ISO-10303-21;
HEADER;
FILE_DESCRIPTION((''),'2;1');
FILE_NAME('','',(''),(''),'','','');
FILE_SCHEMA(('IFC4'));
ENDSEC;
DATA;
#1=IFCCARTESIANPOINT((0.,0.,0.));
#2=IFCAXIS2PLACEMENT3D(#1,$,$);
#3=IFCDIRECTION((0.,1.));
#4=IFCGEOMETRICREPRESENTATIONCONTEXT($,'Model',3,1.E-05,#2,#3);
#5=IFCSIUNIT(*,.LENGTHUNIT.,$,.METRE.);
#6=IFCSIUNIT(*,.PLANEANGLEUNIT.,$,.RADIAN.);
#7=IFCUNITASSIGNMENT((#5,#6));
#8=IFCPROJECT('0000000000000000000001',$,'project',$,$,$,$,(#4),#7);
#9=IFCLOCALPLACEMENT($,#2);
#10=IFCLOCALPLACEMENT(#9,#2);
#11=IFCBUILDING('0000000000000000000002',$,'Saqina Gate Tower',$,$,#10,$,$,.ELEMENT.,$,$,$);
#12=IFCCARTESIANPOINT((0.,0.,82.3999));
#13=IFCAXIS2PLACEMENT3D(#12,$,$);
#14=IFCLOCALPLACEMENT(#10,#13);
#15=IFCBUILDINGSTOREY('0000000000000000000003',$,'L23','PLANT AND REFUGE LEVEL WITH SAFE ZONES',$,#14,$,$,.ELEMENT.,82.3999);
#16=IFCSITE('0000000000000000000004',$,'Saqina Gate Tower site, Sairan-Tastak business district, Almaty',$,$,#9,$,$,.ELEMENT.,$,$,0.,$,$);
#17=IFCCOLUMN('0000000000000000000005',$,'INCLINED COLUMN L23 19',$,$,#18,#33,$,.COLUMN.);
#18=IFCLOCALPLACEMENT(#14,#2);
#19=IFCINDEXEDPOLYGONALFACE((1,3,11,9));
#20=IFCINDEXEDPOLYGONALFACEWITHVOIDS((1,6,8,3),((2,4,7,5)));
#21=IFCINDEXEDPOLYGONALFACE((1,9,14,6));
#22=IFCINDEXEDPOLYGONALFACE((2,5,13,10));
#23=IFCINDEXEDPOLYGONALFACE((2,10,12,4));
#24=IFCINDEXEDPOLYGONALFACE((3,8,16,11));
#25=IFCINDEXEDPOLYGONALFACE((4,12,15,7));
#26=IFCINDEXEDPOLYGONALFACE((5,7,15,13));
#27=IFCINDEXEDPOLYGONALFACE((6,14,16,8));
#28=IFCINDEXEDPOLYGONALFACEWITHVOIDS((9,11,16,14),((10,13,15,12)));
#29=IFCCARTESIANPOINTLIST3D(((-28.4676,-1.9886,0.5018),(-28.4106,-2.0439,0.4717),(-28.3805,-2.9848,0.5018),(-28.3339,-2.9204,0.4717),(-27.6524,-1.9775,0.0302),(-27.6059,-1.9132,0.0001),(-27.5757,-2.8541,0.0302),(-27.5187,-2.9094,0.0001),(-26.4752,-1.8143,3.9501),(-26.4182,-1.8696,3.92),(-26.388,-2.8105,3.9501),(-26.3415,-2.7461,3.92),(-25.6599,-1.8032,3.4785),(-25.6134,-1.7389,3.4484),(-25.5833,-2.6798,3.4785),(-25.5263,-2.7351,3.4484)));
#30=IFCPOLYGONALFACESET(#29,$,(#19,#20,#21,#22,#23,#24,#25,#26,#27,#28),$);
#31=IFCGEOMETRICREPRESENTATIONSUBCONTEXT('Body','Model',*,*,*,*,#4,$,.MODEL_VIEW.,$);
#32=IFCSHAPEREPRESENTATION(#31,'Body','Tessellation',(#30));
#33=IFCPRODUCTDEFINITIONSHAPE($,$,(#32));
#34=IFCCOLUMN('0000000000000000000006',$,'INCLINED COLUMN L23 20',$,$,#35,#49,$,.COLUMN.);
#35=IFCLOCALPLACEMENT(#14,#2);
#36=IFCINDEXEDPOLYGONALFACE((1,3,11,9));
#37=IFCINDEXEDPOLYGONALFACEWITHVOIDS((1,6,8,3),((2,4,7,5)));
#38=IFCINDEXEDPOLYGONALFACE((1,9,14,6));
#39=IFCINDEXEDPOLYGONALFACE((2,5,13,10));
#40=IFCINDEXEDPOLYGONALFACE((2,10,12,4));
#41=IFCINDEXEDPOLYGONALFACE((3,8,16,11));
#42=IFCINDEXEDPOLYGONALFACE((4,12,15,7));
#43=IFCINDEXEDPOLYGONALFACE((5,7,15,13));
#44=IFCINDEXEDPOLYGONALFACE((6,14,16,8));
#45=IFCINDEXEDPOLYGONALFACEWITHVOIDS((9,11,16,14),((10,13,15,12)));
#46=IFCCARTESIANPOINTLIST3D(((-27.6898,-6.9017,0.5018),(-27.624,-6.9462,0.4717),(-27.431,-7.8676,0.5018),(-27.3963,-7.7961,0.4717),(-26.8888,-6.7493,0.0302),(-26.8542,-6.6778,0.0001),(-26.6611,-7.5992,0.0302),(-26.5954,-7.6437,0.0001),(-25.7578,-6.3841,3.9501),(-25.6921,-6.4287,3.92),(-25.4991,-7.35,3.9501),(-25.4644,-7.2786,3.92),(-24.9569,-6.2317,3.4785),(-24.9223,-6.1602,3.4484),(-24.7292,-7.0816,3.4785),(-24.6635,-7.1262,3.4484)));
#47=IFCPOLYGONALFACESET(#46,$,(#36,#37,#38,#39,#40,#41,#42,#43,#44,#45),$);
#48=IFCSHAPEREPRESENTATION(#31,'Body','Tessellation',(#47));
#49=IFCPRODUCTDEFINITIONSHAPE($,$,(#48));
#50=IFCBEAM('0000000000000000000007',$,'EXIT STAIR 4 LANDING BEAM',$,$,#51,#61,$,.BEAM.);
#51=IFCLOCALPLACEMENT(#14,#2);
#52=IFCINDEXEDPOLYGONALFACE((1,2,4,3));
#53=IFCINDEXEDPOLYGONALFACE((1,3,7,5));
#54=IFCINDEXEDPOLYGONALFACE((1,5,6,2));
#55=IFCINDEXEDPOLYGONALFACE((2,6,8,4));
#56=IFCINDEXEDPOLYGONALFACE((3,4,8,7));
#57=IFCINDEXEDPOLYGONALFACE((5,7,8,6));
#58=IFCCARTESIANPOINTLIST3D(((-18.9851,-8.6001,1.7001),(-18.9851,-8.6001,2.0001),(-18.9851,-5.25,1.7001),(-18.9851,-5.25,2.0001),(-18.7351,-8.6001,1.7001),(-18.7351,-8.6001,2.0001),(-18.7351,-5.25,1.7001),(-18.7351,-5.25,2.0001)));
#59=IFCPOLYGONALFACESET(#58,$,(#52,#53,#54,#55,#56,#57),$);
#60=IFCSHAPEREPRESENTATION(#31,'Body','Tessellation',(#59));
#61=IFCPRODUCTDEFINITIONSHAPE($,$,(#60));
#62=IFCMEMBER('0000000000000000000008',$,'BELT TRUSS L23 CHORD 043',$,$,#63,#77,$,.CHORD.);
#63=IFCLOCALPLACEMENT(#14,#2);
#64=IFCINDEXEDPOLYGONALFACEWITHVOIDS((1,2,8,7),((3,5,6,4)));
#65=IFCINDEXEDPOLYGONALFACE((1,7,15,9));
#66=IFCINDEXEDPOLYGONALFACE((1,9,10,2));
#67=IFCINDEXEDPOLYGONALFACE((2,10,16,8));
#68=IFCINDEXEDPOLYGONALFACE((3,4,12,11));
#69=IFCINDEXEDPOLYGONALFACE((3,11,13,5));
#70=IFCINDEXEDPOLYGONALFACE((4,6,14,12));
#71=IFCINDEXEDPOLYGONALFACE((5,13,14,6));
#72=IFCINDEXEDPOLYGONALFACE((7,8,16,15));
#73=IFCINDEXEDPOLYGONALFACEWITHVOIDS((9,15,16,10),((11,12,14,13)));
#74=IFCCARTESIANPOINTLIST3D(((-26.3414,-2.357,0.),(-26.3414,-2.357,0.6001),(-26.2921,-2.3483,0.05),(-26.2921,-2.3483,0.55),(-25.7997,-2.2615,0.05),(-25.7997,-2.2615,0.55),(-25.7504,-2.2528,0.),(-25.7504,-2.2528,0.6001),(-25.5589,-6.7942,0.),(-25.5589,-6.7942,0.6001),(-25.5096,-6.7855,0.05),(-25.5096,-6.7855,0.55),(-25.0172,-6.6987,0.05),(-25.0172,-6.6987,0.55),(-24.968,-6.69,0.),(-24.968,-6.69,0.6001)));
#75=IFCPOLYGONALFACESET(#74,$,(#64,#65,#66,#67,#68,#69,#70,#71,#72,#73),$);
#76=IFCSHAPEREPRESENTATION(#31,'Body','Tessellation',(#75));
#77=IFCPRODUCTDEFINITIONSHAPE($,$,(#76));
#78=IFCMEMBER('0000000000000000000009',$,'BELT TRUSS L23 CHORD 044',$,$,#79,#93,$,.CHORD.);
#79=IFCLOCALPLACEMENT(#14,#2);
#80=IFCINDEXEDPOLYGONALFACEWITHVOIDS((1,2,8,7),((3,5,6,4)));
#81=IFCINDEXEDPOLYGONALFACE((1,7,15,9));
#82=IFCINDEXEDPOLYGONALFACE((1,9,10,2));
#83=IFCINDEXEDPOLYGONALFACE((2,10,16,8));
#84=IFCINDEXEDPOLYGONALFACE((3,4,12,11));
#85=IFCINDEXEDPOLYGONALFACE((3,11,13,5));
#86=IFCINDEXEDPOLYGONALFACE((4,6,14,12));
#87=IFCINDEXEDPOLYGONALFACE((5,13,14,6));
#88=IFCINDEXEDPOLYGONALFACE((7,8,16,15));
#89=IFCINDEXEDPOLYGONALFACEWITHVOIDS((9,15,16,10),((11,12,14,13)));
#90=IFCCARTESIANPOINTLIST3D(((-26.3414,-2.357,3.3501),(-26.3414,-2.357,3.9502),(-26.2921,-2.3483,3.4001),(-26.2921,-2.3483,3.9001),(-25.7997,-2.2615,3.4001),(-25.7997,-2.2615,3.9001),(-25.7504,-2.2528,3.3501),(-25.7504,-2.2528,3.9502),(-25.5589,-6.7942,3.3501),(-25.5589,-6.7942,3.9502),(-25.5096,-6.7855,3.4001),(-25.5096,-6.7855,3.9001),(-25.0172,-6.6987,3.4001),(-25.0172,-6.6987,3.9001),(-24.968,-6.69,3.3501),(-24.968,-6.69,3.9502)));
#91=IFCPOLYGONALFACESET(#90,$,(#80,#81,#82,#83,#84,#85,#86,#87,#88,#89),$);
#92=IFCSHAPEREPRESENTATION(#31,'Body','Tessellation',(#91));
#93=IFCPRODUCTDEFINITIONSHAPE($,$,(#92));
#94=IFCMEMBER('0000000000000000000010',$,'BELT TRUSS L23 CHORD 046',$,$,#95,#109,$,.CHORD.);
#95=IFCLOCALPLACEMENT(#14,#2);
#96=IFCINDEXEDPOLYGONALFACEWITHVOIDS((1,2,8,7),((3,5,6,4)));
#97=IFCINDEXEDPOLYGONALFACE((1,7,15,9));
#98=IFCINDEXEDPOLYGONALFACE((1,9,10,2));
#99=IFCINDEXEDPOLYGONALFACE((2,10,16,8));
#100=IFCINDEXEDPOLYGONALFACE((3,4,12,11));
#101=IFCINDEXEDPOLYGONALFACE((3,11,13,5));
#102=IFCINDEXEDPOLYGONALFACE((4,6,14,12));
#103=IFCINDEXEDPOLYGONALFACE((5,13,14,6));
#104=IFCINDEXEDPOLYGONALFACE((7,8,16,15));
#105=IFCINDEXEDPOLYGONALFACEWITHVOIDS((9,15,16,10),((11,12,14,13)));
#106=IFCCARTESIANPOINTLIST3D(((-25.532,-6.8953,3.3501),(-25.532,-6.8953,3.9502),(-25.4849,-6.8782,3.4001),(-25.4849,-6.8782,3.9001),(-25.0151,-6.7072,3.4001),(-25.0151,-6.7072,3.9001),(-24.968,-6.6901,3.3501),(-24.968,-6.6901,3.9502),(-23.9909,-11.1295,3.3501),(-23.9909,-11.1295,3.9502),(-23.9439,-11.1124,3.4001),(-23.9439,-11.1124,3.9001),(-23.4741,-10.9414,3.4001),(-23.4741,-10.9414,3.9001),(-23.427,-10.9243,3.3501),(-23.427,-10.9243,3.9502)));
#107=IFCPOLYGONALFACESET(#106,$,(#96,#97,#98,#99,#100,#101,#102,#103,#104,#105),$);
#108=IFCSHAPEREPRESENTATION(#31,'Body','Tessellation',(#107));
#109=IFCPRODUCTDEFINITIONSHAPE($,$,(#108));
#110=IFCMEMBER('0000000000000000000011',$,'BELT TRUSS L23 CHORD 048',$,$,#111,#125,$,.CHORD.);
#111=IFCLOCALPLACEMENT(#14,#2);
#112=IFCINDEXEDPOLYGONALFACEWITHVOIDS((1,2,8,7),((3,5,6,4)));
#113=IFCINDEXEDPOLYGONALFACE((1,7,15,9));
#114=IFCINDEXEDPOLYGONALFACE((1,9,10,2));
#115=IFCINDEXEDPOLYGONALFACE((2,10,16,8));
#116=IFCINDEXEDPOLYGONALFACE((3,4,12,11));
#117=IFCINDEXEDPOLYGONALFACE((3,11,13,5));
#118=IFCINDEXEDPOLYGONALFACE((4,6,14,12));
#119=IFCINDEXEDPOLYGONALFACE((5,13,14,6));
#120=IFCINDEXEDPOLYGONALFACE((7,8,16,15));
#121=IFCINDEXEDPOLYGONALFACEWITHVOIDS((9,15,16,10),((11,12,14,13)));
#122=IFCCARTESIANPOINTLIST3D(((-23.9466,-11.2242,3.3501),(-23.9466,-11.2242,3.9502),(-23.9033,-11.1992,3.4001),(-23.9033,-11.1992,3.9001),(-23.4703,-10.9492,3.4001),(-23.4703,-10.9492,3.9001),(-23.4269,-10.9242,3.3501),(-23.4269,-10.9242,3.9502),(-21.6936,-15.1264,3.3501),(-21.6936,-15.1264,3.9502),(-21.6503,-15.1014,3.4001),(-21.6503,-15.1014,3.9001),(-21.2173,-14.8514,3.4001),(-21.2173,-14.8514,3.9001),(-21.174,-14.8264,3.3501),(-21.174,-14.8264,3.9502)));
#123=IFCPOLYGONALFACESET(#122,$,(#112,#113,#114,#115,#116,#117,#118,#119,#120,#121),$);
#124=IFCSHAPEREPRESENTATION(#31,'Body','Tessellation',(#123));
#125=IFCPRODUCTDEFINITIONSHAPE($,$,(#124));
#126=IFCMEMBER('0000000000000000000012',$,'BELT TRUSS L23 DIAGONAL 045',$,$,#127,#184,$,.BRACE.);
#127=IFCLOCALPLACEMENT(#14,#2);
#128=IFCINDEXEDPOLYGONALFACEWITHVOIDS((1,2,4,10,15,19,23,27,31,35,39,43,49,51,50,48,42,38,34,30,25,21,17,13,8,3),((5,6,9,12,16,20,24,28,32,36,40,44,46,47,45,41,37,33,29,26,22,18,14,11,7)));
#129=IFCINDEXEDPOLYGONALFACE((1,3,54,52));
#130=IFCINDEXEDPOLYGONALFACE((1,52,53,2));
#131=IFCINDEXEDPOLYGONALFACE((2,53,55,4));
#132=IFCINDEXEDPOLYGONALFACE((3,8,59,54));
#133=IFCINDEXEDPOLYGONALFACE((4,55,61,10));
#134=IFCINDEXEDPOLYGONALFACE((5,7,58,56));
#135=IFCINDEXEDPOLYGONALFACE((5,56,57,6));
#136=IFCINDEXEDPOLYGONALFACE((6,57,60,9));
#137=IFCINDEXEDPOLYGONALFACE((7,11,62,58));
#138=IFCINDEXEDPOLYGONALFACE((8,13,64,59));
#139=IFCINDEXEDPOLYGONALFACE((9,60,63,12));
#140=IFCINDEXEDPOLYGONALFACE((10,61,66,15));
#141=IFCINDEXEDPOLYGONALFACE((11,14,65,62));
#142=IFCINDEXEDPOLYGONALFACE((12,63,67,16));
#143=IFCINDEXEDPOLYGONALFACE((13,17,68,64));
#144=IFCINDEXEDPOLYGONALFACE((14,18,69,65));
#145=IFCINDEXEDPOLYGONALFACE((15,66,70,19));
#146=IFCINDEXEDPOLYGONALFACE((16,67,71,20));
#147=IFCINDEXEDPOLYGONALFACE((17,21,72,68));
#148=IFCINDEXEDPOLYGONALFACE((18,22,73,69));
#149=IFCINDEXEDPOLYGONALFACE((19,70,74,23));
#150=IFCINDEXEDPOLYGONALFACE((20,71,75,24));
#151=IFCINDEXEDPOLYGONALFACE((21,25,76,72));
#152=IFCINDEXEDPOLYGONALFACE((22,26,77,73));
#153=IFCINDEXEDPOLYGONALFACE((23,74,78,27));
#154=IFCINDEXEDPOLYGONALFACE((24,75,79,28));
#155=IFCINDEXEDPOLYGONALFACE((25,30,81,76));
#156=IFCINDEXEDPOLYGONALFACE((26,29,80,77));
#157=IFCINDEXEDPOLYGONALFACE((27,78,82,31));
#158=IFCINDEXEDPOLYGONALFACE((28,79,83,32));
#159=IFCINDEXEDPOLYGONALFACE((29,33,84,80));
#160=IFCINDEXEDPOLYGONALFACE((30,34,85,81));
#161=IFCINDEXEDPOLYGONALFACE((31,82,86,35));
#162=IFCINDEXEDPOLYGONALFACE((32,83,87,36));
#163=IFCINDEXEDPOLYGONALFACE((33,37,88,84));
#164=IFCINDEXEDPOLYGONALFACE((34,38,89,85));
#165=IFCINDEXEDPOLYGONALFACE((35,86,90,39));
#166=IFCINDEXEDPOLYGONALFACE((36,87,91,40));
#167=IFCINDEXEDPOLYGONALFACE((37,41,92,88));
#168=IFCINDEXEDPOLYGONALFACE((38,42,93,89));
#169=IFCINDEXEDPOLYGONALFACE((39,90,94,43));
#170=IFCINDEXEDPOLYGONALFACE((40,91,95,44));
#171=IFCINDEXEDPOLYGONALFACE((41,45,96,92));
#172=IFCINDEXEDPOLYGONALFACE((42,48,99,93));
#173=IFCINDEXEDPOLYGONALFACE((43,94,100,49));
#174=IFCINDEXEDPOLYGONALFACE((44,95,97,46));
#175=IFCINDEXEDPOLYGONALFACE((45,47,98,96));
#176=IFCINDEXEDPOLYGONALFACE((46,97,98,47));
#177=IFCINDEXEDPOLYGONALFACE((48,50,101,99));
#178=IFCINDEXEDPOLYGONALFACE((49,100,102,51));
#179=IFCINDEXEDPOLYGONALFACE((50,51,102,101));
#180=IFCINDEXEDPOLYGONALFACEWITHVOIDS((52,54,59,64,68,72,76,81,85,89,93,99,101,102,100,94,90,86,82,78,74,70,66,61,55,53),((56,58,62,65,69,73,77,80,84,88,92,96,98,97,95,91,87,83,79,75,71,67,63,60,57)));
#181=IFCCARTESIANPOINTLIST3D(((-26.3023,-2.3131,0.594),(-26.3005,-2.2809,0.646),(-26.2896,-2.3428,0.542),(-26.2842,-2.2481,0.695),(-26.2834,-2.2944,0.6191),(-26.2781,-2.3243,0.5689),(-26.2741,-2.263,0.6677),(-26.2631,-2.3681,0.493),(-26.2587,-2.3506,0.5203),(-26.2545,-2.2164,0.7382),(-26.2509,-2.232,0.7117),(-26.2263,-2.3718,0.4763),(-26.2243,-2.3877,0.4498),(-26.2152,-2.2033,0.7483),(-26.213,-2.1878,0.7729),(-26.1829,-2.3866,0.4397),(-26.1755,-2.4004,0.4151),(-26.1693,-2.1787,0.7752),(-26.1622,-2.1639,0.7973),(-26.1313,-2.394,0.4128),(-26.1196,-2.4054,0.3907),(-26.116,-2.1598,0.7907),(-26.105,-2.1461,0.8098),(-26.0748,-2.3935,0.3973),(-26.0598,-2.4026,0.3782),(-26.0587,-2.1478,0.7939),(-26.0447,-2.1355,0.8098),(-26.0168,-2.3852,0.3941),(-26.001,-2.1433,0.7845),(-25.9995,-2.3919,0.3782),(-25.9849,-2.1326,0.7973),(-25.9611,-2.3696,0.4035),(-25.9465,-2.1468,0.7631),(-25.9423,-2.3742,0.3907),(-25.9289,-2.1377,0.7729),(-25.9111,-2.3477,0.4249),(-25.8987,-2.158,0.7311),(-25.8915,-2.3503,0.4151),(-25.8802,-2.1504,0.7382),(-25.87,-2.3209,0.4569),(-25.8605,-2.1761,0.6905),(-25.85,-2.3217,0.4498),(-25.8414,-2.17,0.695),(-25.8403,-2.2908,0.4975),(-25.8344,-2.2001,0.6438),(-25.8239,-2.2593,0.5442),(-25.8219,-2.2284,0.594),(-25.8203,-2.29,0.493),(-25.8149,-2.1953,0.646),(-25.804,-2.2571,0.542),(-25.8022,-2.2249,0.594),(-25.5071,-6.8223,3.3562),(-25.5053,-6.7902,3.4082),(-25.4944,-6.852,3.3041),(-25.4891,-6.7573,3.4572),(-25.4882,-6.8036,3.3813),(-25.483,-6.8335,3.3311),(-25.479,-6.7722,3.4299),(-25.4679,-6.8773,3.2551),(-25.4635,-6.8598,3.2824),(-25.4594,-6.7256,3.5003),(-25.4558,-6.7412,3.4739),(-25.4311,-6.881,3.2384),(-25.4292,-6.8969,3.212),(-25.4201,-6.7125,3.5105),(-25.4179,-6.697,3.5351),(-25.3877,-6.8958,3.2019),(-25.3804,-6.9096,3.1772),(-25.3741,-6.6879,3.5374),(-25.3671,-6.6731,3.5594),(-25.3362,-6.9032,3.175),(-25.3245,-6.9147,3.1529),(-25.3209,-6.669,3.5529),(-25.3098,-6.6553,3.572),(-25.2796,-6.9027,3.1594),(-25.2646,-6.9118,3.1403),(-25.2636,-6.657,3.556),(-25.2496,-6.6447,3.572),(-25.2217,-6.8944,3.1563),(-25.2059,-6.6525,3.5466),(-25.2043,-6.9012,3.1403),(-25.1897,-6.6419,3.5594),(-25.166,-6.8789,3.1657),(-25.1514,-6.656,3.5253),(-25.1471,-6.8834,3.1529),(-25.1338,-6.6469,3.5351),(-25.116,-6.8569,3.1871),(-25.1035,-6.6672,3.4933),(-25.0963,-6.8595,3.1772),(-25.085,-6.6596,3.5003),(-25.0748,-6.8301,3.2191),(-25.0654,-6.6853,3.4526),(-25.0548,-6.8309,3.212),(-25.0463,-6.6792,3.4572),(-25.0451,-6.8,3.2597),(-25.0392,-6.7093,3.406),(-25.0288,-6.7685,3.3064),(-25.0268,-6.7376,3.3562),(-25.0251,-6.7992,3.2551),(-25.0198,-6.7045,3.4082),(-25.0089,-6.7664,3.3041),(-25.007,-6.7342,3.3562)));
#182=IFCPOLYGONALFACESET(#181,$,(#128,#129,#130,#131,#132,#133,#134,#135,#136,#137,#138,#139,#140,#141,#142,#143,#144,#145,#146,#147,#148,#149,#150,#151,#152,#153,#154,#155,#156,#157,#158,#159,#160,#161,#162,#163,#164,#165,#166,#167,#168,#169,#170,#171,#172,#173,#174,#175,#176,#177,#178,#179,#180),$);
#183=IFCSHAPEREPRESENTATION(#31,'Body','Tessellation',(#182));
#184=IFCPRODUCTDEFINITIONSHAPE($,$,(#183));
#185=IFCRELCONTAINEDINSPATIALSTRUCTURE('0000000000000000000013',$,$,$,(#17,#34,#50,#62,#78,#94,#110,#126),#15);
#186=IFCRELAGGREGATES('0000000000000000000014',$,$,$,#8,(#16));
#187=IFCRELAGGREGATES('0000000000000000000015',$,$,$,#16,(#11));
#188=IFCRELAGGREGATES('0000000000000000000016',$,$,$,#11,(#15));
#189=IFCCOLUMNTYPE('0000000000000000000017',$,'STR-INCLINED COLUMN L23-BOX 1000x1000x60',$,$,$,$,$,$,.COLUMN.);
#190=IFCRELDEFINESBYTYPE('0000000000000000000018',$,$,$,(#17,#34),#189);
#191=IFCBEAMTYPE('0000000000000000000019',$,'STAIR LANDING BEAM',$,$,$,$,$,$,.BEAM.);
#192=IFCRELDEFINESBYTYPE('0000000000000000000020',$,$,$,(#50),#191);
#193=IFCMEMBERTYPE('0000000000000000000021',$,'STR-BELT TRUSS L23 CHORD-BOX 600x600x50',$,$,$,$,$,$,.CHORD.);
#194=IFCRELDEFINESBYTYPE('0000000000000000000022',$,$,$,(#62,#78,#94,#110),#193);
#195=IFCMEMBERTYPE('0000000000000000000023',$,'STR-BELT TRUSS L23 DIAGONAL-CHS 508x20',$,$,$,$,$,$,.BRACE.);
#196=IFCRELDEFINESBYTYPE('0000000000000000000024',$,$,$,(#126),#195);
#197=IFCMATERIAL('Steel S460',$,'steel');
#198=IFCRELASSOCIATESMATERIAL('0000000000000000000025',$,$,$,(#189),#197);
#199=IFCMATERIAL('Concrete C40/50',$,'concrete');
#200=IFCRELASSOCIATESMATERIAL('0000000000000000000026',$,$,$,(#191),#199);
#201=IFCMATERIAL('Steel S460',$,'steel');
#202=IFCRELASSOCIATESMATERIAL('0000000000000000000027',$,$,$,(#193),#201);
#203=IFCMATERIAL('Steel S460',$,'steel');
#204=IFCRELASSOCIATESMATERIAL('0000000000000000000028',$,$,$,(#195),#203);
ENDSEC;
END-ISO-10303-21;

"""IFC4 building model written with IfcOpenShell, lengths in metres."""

from ifc_helpers import new_model, si_unit, direction, frame, origin, origin_2d, place, context, subcontext, project, spatial, rectangle, hollow_rectangle, hollow_circle, extrude, material, material_profile, profile_set, type_object, element, save


model = new_model("IFC4")

# Units and contexts
model_context = context("Model", 3, precision=1e-05, world=origin(), true_north=direction((0.0, 1.0)))
body_context = subcontext(model_context, "Body", "Model", "MODEL_VIEW")
ifc_project = project(units=[si_unit("LENGTHUNIT", "METRE"), si_unit("PLANEANGLEUNIT", "RADIAN")], contexts=[model_context])

# Site, building, storey
site_placement = place(None, origin())
site = spatial("IfcSite", under=ifc_project, at=site_placement, Name="Saqina Gate Tower site, Sairan-Tastak business district, Almaty", CompositionType="ELEMENT", RefElevation=0.0)
building_placement = place(site_placement, origin())
building = spatial("IfcBuilding", under=site, at=building_placement, Name="Saqina Gate Tower", CompositionType="ELEMENT")
storey_placement = place(building_placement, frame((0.0, 0.0, 82.3999)))
storey = spatial("IfcBuildingStorey", under=building, at=storey_placement, Name="L23", Description="PLANT AND REFUGE LEVEL WITH SAFE ZONES", CompositionType="ELEMENT", Elevation=82.3999)

# Columns
ifc_material_1 = material(Name="Steel S460", Category="steel")
ifc_material_profile_1 = material_profile(ifc_material_1, hollow_rectangle(XDim=1.0, YDim=1.0, WallThickness=0.0601, at=origin_2d()), Name="BOX 1000x1000x60")
ifc_profile_set_1 = profile_set([ifc_material_profile_1], Name="Steel S460")
column_type = type_object("IfcColumnType", Name="STR-INCLINED COLUMN L23-BOX 1000x1000x60", PredefinedType="COLUMN", material=ifc_profile_set_1)
for number, where, z_axis, x_axis, name in (
    (1, (-27.9932, -2.449, 0.251), (0.49982, 0.043729, 0.865024), (-0.087156, 0.996195, 0.0), "INCLINED COLUMN L23 19"),
    (2, (-27.1426, -7.2727, 0.251), (0.484633, 0.12984, 0.865027), (-0.258787, 0.965934, 0.0), "INCLINED COLUMN L23 20"),
):
    element("IfcColumn", number, at=place(storey_placement, frame(where, z_axis=z_axis, x_axis=x_axis)), inside=storey, type_object=column_type, Name=name, PredefinedType="COLUMN", context=body_context, shape_type="SweptSolid", body=[
        extrude(hollow_rectangle(XDim=1.0, YDim=1.0, WallThickness=0.0601, at=origin_2d()), origin(), (0.0, 0.0, 1.0), 3.9863),
    ])

# Beam
ifc_material_2 = material(Name="Concrete C40/50", Category="concrete")
ifc_material_profile_2 = material_profile(ifc_material_2, rectangle(XDim=0.25, YDim=0.3, at=origin_2d()), Name="STAIR LANDING BEAM")
ifc_profile_set_2 = profile_set([ifc_material_profile_2], Name="Concrete C40/50")
beam_type_1 = type_object("IfcBeamType", Name="STAIR LANDING BEAM", PredefinedType="BEAM", material=ifc_profile_set_2)
beam_placement = place(storey_placement, frame((-18.8601, -8.6001, 1.8501), z_axis=(0.0, 1.0, 0.0), x_axis=(-1.0, 0.0, 0.0)))
element("IfcBeam", 3, at=beam_placement, inside=storey, type_object=beam_type_1, Name="EXIT STAIR 4 LANDING BEAM", PredefinedType="BEAM", context=body_context, shape_type="SweptSolid", body=[
    extrude(rectangle(XDim=0.25, YDim=0.3, at=origin_2d()), origin(), (0.0, 0.0, 1.0), 3.3501),
])

# Members
ifc_material_3 = material(Name="Steel S460", Category="steel")
ifc_material_profile_3 = material_profile(ifc_material_3, hollow_rectangle(XDim=0.6001, YDim=0.6001, WallThickness=0.05, at=origin_2d()), Name="BOX 600x600x50")
ifc_profile_set_3 = profile_set([ifc_material_profile_3], Name="Steel S460")
member_type_1 = type_object("IfcMemberType", Name="STR-BELT TRUSS L23 CHORD-BOX 600x600x50", PredefinedType="CHORD", material=ifc_profile_set_3)
for number, where, z_axis, x_axis, name in (
    (4, (-26.0459, -2.3049, 0.3), (0.173662, -0.984805, 0.0), (0.984805, 0.173662, 0.0), "BELT TRUSS L23 CHORD 043"),
    (5, (-26.0459, -2.3049, 3.6501), (0.173662, -0.984805, 0.0), (0.984805, 0.173662, 0.0), "BELT TRUSS L23 CHORD 044"),
):
    element("IfcMember", number, at=place(storey_placement, frame(where, z_axis=z_axis, x_axis=x_axis)), inside=storey, type_object=member_type_1, Name=name, PredefinedType="CHORD", context=body_context, shape_type="SweptSolid", body=[
        extrude(hollow_rectangle(XDim=0.6001, YDim=0.6001, WallThickness=0.05, at=origin_2d()), origin(), (0.0, 0.0, 1.0), 4.5056),
    ])
for number, where, z_axis, x_axis, name in (
    (6, (-25.25, -6.7927, 3.6501), (0.342004, -0.939698, 0.0), (0.939698, 0.342004, 0.0), "BELT TRUSS L23 CHORD 046"),
    (7, (-23.6868, -11.0742, 3.6501), (0.500009, -0.86602, 0.0), (0.86602, 0.500009, 0.0), "BELT TRUSS L23 CHORD 048"),
):
    element("IfcMember", number, at=place(storey_placement, frame(where, z_axis=z_axis, x_axis=x_axis)), inside=storey, type_object=member_type_1, Name=name, PredefinedType="CHORD", context=body_context, shape_type="SweptSolid", body=[
        extrude(hollow_rectangle(XDim=0.6001, YDim=0.6001, WallThickness=0.05, at=origin_2d()), origin(), (0.0, 0.0, 1.0), 4.5059),
    ])
ifc_material_4 = material(Name="Steel S460", Category="steel")
ifc_material_profile_4 = material_profile(ifc_material_4, hollow_circle(Radius=0.2539, WallThickness=0.02, at=origin_2d()), Name="CHS 508x20")
ifc_profile_set_4 = profile_set([ifc_material_profile_4], Name="Steel S460")
member_type_2 = type_object("IfcMemberType", Name="STR-BELT TRUSS L23 DIAGONAL-CHS 508x20", PredefinedType="BRACE", material=ifc_profile_set_4)
for number, where, z_axis, x_axis, name in (
    (8, (-26.0522, -2.269, 0.594), (0.148699, -0.843251, 0.516543), (0.984806, 0.173661, 0.0), "BELT TRUSS L23 DIAGONAL 045"),
):
    element("IfcMember", number, at=place(storey_placement, frame(where, z_axis=z_axis, x_axis=x_axis)), inside=storey, type_object=member_type_2, Name=name, PredefinedType="BRACE", context=body_context, shape_type="SweptSolid", body=[
        extrude(hollow_circle(Radius=0.2539, WallThickness=0.02, at=origin_2d()), origin(), (0.0, 0.0, 1.0), 5.3474),
    ])

save(model, "model.ifc")
